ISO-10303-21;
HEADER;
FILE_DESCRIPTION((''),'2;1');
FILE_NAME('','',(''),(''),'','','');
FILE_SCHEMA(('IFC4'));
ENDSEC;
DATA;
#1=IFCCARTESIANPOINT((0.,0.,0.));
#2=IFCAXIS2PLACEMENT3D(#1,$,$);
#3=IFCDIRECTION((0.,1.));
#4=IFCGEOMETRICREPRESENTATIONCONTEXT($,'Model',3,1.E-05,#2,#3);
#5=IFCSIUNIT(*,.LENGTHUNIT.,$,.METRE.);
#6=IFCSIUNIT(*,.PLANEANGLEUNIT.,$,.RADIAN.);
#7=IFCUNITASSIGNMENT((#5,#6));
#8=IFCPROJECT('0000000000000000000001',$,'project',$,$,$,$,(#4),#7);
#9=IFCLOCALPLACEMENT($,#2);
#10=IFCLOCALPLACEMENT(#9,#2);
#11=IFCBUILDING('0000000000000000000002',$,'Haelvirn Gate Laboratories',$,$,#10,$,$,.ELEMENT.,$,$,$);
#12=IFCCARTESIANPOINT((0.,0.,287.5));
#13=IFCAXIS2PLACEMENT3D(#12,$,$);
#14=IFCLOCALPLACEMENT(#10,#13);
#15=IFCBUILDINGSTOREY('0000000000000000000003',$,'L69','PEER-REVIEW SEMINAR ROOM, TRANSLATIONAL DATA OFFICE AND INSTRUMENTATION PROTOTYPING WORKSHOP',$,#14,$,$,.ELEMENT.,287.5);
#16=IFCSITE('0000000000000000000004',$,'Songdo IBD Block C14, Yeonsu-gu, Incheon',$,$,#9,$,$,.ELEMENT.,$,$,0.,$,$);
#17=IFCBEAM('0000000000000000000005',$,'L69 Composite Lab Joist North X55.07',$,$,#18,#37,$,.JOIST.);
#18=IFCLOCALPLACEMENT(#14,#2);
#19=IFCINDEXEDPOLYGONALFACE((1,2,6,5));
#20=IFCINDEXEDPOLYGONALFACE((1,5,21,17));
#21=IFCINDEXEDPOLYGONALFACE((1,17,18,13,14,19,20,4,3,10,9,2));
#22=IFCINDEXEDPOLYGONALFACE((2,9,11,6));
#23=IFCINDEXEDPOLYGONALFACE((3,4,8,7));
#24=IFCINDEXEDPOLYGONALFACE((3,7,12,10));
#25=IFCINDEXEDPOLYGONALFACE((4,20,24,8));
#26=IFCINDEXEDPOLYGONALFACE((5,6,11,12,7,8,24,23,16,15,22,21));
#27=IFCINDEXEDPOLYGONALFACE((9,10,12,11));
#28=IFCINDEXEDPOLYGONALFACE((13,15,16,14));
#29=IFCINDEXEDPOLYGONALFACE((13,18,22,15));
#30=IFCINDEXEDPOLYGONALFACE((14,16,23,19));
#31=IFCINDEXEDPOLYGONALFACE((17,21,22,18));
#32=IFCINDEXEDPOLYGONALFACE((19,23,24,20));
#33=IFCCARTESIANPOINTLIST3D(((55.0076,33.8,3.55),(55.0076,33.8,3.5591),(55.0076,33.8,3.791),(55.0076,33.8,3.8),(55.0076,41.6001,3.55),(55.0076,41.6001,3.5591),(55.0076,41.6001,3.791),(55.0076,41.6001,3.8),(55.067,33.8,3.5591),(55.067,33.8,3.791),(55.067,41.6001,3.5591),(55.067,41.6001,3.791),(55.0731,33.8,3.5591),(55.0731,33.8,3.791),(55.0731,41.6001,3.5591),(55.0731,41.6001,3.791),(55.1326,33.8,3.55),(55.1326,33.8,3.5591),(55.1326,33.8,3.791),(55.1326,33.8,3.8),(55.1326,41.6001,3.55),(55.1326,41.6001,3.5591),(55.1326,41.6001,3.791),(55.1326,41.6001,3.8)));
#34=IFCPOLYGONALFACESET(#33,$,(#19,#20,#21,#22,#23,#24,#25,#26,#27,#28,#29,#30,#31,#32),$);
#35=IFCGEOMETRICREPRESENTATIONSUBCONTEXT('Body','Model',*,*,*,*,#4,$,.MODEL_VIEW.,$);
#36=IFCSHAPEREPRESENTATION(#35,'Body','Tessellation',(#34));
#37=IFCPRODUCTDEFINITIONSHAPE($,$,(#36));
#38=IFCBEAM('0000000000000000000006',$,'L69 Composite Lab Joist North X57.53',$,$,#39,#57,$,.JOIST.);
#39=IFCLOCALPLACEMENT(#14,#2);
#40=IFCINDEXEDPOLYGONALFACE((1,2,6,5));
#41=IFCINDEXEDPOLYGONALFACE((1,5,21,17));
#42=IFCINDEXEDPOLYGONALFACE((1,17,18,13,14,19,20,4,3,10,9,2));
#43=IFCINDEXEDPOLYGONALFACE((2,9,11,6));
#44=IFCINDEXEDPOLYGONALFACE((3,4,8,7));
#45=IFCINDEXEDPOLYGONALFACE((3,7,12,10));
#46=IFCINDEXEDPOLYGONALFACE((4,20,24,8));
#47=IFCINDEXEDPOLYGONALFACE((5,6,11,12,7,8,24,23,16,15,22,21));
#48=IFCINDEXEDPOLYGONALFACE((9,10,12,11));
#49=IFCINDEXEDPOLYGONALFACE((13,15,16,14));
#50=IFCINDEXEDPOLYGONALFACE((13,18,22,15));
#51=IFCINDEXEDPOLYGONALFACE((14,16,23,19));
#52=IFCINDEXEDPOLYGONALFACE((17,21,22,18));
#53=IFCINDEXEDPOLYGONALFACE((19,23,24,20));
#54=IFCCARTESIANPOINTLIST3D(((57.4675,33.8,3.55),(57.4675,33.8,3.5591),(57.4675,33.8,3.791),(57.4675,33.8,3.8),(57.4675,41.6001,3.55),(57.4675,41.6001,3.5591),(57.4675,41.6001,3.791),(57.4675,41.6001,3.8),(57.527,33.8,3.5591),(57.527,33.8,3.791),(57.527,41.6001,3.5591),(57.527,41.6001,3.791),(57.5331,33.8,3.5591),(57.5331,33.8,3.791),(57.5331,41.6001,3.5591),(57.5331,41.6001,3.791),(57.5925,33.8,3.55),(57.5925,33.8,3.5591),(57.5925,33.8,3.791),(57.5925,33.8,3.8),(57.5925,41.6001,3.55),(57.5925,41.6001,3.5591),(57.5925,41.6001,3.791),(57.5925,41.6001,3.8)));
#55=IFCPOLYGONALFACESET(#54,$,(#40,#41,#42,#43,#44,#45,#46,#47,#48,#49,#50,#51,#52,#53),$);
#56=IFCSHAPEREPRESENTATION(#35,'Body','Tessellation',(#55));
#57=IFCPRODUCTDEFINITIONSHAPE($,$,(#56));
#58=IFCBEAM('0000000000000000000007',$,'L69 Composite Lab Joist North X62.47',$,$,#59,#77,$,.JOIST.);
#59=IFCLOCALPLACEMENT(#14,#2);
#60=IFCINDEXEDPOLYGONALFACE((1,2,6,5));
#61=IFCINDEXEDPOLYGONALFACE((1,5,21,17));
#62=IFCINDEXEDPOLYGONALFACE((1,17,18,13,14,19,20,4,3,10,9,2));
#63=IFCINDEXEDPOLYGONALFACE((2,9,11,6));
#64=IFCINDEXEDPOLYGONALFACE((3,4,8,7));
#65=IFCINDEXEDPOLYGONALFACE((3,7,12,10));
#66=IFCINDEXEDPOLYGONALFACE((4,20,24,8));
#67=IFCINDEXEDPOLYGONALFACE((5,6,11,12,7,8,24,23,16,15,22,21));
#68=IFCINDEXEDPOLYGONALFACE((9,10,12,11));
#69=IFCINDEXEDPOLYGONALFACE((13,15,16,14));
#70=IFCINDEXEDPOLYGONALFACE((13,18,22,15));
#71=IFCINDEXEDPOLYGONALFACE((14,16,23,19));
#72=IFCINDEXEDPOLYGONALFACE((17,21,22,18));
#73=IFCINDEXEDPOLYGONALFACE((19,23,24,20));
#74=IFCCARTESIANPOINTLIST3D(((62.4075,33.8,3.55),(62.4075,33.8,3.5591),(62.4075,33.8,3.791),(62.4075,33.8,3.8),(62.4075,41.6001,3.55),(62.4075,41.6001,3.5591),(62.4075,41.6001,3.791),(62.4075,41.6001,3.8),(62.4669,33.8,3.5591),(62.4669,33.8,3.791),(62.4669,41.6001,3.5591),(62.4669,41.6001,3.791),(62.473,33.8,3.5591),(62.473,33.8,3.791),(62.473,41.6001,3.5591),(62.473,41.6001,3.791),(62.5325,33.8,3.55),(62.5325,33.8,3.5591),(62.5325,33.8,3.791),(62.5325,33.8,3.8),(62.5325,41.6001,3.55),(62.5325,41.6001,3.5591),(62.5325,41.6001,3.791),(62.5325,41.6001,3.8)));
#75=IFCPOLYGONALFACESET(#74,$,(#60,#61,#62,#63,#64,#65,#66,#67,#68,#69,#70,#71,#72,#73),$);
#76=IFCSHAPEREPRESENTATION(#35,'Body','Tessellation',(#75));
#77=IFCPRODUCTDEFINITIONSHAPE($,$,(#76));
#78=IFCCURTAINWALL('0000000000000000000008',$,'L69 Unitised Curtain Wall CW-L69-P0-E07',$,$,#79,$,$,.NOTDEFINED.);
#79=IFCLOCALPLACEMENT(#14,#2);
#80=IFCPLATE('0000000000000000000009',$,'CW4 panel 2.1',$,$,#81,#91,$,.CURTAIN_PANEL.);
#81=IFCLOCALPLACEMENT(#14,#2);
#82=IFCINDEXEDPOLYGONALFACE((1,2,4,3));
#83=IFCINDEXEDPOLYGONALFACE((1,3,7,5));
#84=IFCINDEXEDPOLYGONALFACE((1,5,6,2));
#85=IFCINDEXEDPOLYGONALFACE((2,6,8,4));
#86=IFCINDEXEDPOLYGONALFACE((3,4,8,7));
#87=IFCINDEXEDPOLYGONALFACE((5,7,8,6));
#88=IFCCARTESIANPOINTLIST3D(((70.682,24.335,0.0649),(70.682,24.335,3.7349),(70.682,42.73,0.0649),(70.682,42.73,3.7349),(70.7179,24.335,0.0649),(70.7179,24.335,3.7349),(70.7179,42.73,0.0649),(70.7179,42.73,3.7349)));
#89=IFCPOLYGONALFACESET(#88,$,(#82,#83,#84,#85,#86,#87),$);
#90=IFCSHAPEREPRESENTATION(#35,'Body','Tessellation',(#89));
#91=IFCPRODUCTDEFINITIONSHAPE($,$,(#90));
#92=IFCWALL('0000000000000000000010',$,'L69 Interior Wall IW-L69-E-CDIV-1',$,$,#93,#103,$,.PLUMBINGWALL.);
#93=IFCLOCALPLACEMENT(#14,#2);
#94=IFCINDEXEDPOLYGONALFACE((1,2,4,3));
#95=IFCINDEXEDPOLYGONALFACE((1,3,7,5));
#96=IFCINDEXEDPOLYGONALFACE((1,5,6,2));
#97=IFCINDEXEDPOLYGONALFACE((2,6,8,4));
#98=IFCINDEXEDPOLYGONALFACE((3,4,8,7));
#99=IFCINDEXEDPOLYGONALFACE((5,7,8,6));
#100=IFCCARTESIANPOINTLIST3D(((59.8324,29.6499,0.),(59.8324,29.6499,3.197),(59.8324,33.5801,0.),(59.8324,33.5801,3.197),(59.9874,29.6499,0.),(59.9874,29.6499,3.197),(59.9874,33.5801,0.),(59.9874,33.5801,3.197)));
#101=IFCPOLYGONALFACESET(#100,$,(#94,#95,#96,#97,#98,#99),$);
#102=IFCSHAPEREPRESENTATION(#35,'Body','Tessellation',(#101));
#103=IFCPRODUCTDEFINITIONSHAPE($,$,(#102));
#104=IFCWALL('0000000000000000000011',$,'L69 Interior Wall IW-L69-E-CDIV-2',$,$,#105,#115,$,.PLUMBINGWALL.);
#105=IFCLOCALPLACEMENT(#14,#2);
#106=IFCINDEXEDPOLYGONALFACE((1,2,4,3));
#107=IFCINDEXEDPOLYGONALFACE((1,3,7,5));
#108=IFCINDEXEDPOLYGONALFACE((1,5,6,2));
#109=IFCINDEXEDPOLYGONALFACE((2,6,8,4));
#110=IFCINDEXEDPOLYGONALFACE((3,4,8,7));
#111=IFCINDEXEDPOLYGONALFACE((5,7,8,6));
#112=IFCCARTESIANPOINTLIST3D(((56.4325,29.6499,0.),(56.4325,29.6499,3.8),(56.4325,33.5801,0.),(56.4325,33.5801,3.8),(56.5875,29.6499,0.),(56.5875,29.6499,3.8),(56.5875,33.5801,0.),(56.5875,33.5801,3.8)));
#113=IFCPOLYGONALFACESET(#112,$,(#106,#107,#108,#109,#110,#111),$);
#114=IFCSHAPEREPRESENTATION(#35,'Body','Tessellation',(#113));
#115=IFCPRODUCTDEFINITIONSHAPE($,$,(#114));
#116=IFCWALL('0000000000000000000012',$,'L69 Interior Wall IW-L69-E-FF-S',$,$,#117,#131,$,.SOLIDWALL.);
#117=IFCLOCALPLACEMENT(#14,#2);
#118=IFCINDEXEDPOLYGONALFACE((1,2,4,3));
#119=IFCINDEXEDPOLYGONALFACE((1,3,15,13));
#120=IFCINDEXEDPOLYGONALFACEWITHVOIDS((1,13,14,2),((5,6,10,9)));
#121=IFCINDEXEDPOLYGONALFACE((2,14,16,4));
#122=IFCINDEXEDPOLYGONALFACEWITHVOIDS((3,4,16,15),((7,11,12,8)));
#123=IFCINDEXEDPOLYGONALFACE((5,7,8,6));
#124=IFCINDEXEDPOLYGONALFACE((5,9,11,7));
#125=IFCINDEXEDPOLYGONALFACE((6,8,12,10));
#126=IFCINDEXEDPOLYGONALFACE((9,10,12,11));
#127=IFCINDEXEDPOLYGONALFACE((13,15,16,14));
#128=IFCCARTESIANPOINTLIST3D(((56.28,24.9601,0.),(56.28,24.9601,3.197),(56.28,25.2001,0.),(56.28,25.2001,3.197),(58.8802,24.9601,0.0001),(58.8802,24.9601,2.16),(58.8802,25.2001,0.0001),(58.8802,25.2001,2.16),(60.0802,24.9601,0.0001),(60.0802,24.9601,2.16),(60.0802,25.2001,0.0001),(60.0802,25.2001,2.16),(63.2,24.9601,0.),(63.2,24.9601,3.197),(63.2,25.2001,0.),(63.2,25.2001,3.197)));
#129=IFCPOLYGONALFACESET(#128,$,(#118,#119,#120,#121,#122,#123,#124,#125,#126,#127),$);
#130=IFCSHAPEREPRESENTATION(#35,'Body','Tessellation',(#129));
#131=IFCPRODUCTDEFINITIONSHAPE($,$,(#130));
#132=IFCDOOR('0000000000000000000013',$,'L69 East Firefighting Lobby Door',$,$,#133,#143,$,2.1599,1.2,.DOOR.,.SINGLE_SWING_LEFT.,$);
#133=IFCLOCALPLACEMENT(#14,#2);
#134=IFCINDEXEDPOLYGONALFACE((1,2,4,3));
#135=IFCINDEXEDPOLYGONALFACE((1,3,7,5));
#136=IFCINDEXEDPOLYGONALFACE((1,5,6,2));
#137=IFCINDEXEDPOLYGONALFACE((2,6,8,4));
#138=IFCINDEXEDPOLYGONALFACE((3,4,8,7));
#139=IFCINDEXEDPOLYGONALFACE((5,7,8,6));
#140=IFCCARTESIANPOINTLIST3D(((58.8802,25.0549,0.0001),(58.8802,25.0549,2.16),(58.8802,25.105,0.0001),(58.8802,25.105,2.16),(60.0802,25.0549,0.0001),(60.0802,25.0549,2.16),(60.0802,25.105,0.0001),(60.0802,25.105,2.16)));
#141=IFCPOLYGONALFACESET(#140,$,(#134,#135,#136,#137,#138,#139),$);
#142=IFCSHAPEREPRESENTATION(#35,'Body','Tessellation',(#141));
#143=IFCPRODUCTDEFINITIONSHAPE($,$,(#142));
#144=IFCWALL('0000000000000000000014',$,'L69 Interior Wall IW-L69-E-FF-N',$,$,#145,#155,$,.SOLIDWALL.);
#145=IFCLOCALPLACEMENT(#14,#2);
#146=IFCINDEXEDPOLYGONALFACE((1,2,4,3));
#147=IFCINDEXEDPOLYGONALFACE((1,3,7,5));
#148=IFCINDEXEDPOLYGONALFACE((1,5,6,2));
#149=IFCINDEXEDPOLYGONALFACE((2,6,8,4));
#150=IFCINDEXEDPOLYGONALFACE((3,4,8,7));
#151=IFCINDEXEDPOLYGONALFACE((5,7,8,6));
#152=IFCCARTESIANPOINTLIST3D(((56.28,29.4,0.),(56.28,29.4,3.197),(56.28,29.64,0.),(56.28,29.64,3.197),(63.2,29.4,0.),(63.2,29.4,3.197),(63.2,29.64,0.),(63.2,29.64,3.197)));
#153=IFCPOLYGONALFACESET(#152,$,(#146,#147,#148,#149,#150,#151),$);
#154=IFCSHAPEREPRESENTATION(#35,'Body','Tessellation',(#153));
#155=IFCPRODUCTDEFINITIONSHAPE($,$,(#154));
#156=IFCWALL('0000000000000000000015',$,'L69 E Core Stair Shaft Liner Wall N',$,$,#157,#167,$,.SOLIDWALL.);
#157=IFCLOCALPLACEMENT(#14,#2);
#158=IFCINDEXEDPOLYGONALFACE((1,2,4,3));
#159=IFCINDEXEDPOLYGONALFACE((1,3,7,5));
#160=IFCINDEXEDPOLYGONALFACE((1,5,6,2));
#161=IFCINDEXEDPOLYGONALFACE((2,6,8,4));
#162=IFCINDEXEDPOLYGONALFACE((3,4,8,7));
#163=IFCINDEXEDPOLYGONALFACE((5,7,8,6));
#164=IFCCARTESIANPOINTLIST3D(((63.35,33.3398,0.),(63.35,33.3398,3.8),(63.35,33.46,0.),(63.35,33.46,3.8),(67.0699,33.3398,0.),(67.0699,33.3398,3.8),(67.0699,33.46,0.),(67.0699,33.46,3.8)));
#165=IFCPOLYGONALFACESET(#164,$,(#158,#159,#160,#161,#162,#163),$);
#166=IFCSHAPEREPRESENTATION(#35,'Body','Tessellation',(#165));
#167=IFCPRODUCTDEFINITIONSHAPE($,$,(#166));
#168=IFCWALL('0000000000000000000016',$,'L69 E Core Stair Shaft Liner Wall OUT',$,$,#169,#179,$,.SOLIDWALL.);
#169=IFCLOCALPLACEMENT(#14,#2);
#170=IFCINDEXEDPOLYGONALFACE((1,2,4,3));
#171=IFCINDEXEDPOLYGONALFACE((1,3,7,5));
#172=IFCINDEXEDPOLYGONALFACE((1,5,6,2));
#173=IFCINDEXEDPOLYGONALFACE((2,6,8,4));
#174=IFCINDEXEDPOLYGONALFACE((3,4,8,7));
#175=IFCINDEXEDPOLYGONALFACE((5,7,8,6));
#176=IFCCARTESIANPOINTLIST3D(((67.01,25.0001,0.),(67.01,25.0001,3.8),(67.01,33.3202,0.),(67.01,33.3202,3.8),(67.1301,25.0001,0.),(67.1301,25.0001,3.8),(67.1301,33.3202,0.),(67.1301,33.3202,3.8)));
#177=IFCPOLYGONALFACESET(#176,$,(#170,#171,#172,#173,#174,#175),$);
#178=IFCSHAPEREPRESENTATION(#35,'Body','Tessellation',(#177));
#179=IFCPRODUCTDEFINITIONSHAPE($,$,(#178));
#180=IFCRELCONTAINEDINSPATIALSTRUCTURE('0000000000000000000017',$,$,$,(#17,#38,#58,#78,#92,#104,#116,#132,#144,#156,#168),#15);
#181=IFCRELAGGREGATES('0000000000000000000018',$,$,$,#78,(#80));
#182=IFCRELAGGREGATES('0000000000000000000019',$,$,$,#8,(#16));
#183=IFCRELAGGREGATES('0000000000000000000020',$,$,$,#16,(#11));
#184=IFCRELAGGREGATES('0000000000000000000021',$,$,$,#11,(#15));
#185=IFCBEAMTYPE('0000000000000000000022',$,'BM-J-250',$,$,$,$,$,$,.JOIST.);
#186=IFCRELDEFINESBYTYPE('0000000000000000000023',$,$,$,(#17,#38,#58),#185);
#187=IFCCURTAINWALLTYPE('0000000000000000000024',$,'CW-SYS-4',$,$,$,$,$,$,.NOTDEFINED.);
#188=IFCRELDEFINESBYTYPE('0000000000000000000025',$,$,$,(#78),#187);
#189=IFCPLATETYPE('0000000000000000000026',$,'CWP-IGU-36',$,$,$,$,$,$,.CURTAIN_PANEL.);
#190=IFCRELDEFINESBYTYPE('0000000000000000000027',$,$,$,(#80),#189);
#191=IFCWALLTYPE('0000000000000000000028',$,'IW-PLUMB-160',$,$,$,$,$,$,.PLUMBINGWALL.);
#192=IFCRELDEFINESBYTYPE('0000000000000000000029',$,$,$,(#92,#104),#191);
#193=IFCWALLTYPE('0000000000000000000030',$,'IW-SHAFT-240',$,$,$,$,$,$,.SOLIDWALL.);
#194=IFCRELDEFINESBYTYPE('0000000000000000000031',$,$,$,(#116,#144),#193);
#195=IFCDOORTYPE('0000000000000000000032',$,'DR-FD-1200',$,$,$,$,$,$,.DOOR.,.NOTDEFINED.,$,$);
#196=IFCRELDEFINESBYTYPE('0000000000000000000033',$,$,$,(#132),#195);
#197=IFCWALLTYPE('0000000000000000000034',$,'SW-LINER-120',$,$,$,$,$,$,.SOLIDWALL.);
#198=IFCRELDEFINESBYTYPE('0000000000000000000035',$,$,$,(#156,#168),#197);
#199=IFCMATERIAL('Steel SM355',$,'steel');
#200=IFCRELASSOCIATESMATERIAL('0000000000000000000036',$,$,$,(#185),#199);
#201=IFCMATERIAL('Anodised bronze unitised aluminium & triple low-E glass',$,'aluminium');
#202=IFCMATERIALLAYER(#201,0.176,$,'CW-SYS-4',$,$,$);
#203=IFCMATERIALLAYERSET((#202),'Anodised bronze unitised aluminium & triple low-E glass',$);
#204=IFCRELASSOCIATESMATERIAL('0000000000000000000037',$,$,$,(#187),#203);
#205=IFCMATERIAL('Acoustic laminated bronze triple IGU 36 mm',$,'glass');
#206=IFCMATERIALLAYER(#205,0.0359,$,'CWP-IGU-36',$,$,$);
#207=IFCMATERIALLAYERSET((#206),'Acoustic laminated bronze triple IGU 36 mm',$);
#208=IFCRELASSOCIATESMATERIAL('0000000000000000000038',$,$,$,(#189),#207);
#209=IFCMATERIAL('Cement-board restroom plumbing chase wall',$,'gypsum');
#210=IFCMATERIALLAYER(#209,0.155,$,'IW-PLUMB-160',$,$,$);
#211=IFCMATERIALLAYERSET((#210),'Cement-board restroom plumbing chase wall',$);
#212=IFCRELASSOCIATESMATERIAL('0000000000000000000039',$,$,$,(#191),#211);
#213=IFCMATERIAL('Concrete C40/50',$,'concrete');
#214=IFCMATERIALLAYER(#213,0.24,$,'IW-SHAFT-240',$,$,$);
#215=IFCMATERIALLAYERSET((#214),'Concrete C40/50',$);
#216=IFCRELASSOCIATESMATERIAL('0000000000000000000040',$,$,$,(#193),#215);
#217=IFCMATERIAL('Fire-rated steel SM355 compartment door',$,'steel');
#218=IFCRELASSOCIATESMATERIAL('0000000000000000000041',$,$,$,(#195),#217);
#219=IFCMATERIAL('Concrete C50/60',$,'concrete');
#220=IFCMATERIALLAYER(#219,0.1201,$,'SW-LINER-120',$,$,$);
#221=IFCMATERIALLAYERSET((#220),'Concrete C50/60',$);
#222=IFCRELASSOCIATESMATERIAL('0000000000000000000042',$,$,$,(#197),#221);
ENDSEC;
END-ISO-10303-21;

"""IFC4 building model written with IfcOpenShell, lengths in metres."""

from ifc_helpers import new_model, si_unit, direction, frame, frame_2d, origin, origin_2d, place, context, subcontext, project, spatial, rectangle, i_section, extrude, source, transform, mapped, material, layer, layer_set, material_profile, profile_set, type_object, type_shapes, element, fill, aggregate, save


model = new_model("IFC4")

# Units and contexts
model_context = context("Model", 3, precision=1e-05, world=origin(), true_north=direction((0.0, 1.0)))
body_context = subcontext(model_context, "Body", "Model", "MODEL_VIEW")
ifc_project = project(units=[si_unit("LENGTHUNIT", "METRE"), si_unit("PLANEANGLEUNIT", "RADIAN")], contexts=[model_context])

# Site, building, storey
site_placement = place(None, origin())
site = spatial("IfcSite", under=ifc_project, at=site_placement, Name="Songdo IBD Block C14, Yeonsu-gu, Incheon", CompositionType="ELEMENT", RefElevation=0.0)
building_placement = place(site_placement, origin())
building = spatial("IfcBuilding", under=site, at=building_placement, Name="Haelvirn Gate Laboratories", CompositionType="ELEMENT")
storey_placement = place(building_placement, frame((0.0, 0.0, 287.5)))
storey = spatial("IfcBuildingStorey", under=building, at=storey_placement, Name="L69", Description="PEER-REVIEW SEMINAR ROOM, TRANSLATIONAL DATA OFFICE AND INSTRUMENTATION PROTOTYPING WORKSHOP", CompositionType="ELEMENT", Elevation=287.5)

# Beams
ifc_material_1 = material(Name="Steel SM355", Category="steel")
ifc_material_profile = material_profile(ifc_material_1, i_section(OverallWidth=0.125, OverallDepth=0.25, WebThickness=0.0061, FlangeThickness=0.009, at=origin_2d()), Name="H-250x125x6x9")
ifc_profile_set = profile_set([ifc_material_profile], Name="Steel SM355")
beam_type = type_object("IfcBeamType", Name="BM-J-250", PredefinedType="JOIST", material=ifc_profile_set)
shared_shape_1 = source(origin(), body_context, "Body", "SweptSolid", [
    extrude(i_section(OverallWidth=0.125, OverallDepth=0.25, WebThickness=0.0061, FlangeThickness=0.009, at=origin_2d()), origin(), (0.0, 0.0, 1.0), 7.8),
])
type_shapes(beam_type, [shared_shape_1])
for number, where, z_axis, x_axis, name in (
    (1, (55.0701, 33.8, 3.675), (0.0, 1.0, 0.0), (-1.0, 0.0, 0.0), "L69 Composite Lab Joist North X55.07"),
    (2, (57.53, 33.8, 3.675), (0.0, 1.0, 0.0), (-1.0, 0.0, 0.0), "L69 Composite Lab Joist North X57.53"),
    (3, (62.47, 33.8, 3.675), (0.0, 1.0, 0.0), (-1.0, 0.0, 0.0), "L69 Composite Lab Joist North X62.47"),
):
    element("IfcBeam", number, at=place(storey_placement, frame(where, z_axis=z_axis, x_axis=x_axis)), inside=storey, type_object=beam_type, Name=name, PredefinedType="JOIST", context=body_context, shape_type="MappedRepresentation", body=[
        mapped(shared_shape_1, transform((0.0, 0.0, 0.0), scale=1.0)),
    ])

# Curtain wall, plate
ifc_material_2 = material(Name="Anodised bronze unitised aluminium & triple low-E glass", Category="aluminium")
ifc_layer_1 = layer(ifc_material_2, 0.176, Name="CW-SYS-4")
ifc_layer_set_1 = layer_set([ifc_layer_1], Name="Anodised bronze unitised aluminium & triple low-E glass")
curtain_wall_type = type_object("IfcCurtainWallType", Name="CW-SYS-4", PredefinedType="NOTDEFINED", material=ifc_layer_set_1)
curtain_wall_placement = place(storey_placement, origin())
curtain_wall = element("IfcCurtainWall", 4, at=curtain_wall_placement, inside=storey, type_object=curtain_wall_type, Name="L69 Unitised Curtain Wall CW-L69-P0-E07", PredefinedType="NOTDEFINED")
ifc_material_3 = material(Name="Acoustic laminated bronze triple IGU 36 mm", Category="glass")
ifc_layer_2 = layer(ifc_material_3, 0.0359, Name="CWP-IGU-36")
ifc_layer_set_2 = layer_set([ifc_layer_2], Name="Acoustic laminated bronze triple IGU 36 mm")
plate_type = type_object("IfcPlateType", Name="CWP-IGU-36", PredefinedType="CURTAIN_PANEL", material=ifc_layer_set_2)
shared_shape_2 = source(origin(), body_context, "Body", "SweptSolid", [
    extrude(rectangle(XDim=18.395, YDim=0.0359, at=origin_2d()), origin(), (0.0, 0.0, 1.0), 3.6699),
])
type_shapes(plate_type, [shared_shape_2])
plate_placement = place(storey_placement, frame((70.7, 33.5325, 0.0649), z_axis=(0.0, 0.0, 1.0), x_axis=(0.0, 1.0, 0.0)))
plate = element("IfcPlate", 5, at=plate_placement, type_object=plate_type, Name="CW4 panel 2.1", PredefinedType="CURTAIN_PANEL", context=body_context, shape_type="MappedRepresentation", body=[
    mapped(shared_shape_2, transform((0.0, 0.0, 0.0), scale=1.0)),
])
aggregate(curtain_wall, [plate])

# Walls
ifc_material_4 = material(Name="Cement-board restroom plumbing chase wall", Category="gypsum")
ifc_layer_3 = layer(ifc_material_4, 0.155, Name="IW-PLUMB-160")
ifc_layer_set_3 = layer_set([ifc_layer_3], Name="Cement-board restroom plumbing chase wall")
wall_type_1 = type_object("IfcWallType", Name="IW-PLUMB-160", PredefinedType="PLUMBINGWALL", material=ifc_layer_set_3)
wall_1_placement = place(storey_placement, frame((59.9099, 29.6499, 0.0), z_axis=(0.0, 0.0, 1.0), x_axis=(0.0, 1.0, 0.0)))
element("IfcWall", 6, at=wall_1_placement, inside=storey, type_object=wall_type_1, Name="L69 Interior Wall IW-L69-E-CDIV-1", PredefinedType="PLUMBINGWALL", context=body_context, shape_type="SweptSolid", body=[
    extrude(rectangle(XDim=3.9302, YDim=0.155, at=frame_2d((1.9651, 0.0))), origin(), (0.0, 0.0, 1.0), 3.197),
])
wall_2_placement = place(storey_placement, frame((56.51, 29.6499, 0.0), z_axis=(0.0, 0.0, 1.0), x_axis=(0.0, 1.0, 0.0)))
element("IfcWall", 7, at=wall_2_placement, inside=storey, type_object=wall_type_1, Name="L69 Interior Wall IW-L69-E-CDIV-2", PredefinedType="PLUMBINGWALL", context=body_context, shape_type="SweptSolid", body=[
    extrude(rectangle(XDim=3.9302, YDim=0.155, at=frame_2d((1.9651, 0.0))), origin(), (0.0, 0.0, 1.0), 3.8),
])

# Wall, opening, door
ifc_material_5 = material(Name="Concrete C40/50", Category="concrete")
ifc_layer_4 = layer(ifc_material_5, 0.24, Name="IW-SHAFT-240")
ifc_layer_set_4 = layer_set([ifc_layer_4], Name="Concrete C40/50")
wall_type_2 = type_object("IfcWallType", Name="IW-SHAFT-240", PredefinedType="SOLIDWALL", material=ifc_layer_set_4)
wall_3_placement = place(storey_placement, frame((56.28, 25.0801, 0.0), z_axis=(0.0, 0.0, 1.0), x_axis=(1.0, 0.0, 0.0)))
wall_3 = element("IfcWall", 8, at=wall_3_placement, inside=storey, type_object=wall_type_2, Name="L69 Interior Wall IW-L69-E-FF-S", PredefinedType="SOLIDWALL", context=body_context, shape_type="SweptSolid", body=[
    extrude(rectangle(XDim=6.9199, YDim=0.24, at=frame_2d((3.46, 0.0))), origin(), (0.0, 0.0, 1.0), 3.197),
])
opening_1_placement = place(wall_3_placement, frame((2.6001, 0.0, 0.0)))
opening_1 = element("IfcOpeningElement", 9, at=opening_1_placement, cuts=wall_3, PredefinedType="OPENING", context=body_context, shape_type="SweptSolid", body=[
    extrude(rectangle(XDim=1.2, YDim=2.1599, at=frame_2d((0.6001, 1.0801))), frame((0.0, 0.1299, 0.0), z_axis=(0.0, -1.0, 0.0), x_axis=(1.0, 0.0, 0.0)), (0.0, 0.0, 1.0), 0.26),
])
ifc_material_6 = material(Name="Fire-rated steel SM355 compartment door", Category="steel")
door_type_1 = type_object("IfcDoorType", Name="DR-FD-1200", OperationType="NOTDEFINED", PredefinedType="DOOR", material=ifc_material_6)
shared_shape_3 = source(origin(), body_context, "Body", "SweptSolid", [
    extrude(rectangle(XDim=1.2, YDim=2.1599, at=frame_2d((0.6001, 1.0801))), frame((0.0, 0.0249, 0.0), z_axis=(0.0, -1.0, 0.0), x_axis=(1.0, 0.0, 0.0)), (0.0, 0.0, 1.0), 0.05),
])
type_shapes(door_type_1, [shared_shape_3])
door_1_placement = place(opening_1_placement, origin())
door_1 = element("IfcDoor", 10, at=door_1_placement, inside=storey, type_object=door_type_1, Name="L69 East Firefighting Lobby Door", OperationType="SINGLE_SWING_LEFT", OverallHeight=2.1599, OverallWidth=1.2, PredefinedType="DOOR", context=body_context, shape_type="MappedRepresentation", body=[
    mapped(shared_shape_3, transform((0.0, 0.0, 0.0), scale=1.0)),
])
fill(opening_1, door_1)

# Walls
wall_4_placement = place(storey_placement, frame((56.28, 29.52, 0.0), z_axis=(0.0, 0.0, 1.0), x_axis=(1.0, 0.0, 0.0)))
element("IfcWall", 11, at=wall_4_placement, inside=storey, type_object=wall_type_2, Name="L69 Interior Wall IW-L69-E-FF-N", PredefinedType="SOLIDWALL", context=body_context, shape_type="SweptSolid", body=[
    extrude(rectangle(XDim=6.9199, YDim=0.24, at=frame_2d((3.46, 0.0))), origin(), (0.0, 0.0, 1.0), 3.197),
])
ifc_material_7 = material(Name="Concrete C50/60", Category="concrete")
ifc_layer_5 = layer(ifc_material_7, 0.1201, Name="SW-LINER-120")
ifc_layer_set_5 = layer_set([ifc_layer_5], Name="Concrete C50/60")
wall_type_3 = type_object("IfcWallType", Name="SW-LINER-120", PredefinedType="SOLIDWALL", material=ifc_layer_set_5)
wall_5_placement = place(storey_placement, frame((63.3501, 33.3999, 0.0), z_axis=(0.0, 0.0, 1.0), x_axis=(1.0, 0.0, 0.0)))
element("IfcWall", 12, at=wall_5_placement, inside=storey, type_object=wall_type_3, Name="L69 E Core Stair Shaft Liner Wall N", PredefinedType="SOLIDWALL", context=body_context, shape_type="SweptSolid", body=[
    extrude(rectangle(XDim=3.72, YDim=0.1201, at=frame_2d((1.8599, 0.0))), origin(), (0.0, 0.0, 1.0), 3.8),
])
wall_6_placement = place(storey_placement, frame((67.0701, 25.0, 0.0), z_axis=(0.0, 0.0, 1.0), x_axis=(0.0, 1.0, 0.0)))
element("IfcWall", 13, at=wall_6_placement, inside=storey, type_object=wall_type_3, Name="L69 E Core Stair Shaft Liner Wall OUT", PredefinedType="SOLIDWALL", context=body_context, shape_type="SweptSolid", body=[
    extrude(rectangle(XDim=8.3201, YDim=0.1201, at=frame_2d((4.1602, 0.0))), origin(), (0.0, 0.0, 1.0), 3.8),
])

save(model, "model.ifc")
